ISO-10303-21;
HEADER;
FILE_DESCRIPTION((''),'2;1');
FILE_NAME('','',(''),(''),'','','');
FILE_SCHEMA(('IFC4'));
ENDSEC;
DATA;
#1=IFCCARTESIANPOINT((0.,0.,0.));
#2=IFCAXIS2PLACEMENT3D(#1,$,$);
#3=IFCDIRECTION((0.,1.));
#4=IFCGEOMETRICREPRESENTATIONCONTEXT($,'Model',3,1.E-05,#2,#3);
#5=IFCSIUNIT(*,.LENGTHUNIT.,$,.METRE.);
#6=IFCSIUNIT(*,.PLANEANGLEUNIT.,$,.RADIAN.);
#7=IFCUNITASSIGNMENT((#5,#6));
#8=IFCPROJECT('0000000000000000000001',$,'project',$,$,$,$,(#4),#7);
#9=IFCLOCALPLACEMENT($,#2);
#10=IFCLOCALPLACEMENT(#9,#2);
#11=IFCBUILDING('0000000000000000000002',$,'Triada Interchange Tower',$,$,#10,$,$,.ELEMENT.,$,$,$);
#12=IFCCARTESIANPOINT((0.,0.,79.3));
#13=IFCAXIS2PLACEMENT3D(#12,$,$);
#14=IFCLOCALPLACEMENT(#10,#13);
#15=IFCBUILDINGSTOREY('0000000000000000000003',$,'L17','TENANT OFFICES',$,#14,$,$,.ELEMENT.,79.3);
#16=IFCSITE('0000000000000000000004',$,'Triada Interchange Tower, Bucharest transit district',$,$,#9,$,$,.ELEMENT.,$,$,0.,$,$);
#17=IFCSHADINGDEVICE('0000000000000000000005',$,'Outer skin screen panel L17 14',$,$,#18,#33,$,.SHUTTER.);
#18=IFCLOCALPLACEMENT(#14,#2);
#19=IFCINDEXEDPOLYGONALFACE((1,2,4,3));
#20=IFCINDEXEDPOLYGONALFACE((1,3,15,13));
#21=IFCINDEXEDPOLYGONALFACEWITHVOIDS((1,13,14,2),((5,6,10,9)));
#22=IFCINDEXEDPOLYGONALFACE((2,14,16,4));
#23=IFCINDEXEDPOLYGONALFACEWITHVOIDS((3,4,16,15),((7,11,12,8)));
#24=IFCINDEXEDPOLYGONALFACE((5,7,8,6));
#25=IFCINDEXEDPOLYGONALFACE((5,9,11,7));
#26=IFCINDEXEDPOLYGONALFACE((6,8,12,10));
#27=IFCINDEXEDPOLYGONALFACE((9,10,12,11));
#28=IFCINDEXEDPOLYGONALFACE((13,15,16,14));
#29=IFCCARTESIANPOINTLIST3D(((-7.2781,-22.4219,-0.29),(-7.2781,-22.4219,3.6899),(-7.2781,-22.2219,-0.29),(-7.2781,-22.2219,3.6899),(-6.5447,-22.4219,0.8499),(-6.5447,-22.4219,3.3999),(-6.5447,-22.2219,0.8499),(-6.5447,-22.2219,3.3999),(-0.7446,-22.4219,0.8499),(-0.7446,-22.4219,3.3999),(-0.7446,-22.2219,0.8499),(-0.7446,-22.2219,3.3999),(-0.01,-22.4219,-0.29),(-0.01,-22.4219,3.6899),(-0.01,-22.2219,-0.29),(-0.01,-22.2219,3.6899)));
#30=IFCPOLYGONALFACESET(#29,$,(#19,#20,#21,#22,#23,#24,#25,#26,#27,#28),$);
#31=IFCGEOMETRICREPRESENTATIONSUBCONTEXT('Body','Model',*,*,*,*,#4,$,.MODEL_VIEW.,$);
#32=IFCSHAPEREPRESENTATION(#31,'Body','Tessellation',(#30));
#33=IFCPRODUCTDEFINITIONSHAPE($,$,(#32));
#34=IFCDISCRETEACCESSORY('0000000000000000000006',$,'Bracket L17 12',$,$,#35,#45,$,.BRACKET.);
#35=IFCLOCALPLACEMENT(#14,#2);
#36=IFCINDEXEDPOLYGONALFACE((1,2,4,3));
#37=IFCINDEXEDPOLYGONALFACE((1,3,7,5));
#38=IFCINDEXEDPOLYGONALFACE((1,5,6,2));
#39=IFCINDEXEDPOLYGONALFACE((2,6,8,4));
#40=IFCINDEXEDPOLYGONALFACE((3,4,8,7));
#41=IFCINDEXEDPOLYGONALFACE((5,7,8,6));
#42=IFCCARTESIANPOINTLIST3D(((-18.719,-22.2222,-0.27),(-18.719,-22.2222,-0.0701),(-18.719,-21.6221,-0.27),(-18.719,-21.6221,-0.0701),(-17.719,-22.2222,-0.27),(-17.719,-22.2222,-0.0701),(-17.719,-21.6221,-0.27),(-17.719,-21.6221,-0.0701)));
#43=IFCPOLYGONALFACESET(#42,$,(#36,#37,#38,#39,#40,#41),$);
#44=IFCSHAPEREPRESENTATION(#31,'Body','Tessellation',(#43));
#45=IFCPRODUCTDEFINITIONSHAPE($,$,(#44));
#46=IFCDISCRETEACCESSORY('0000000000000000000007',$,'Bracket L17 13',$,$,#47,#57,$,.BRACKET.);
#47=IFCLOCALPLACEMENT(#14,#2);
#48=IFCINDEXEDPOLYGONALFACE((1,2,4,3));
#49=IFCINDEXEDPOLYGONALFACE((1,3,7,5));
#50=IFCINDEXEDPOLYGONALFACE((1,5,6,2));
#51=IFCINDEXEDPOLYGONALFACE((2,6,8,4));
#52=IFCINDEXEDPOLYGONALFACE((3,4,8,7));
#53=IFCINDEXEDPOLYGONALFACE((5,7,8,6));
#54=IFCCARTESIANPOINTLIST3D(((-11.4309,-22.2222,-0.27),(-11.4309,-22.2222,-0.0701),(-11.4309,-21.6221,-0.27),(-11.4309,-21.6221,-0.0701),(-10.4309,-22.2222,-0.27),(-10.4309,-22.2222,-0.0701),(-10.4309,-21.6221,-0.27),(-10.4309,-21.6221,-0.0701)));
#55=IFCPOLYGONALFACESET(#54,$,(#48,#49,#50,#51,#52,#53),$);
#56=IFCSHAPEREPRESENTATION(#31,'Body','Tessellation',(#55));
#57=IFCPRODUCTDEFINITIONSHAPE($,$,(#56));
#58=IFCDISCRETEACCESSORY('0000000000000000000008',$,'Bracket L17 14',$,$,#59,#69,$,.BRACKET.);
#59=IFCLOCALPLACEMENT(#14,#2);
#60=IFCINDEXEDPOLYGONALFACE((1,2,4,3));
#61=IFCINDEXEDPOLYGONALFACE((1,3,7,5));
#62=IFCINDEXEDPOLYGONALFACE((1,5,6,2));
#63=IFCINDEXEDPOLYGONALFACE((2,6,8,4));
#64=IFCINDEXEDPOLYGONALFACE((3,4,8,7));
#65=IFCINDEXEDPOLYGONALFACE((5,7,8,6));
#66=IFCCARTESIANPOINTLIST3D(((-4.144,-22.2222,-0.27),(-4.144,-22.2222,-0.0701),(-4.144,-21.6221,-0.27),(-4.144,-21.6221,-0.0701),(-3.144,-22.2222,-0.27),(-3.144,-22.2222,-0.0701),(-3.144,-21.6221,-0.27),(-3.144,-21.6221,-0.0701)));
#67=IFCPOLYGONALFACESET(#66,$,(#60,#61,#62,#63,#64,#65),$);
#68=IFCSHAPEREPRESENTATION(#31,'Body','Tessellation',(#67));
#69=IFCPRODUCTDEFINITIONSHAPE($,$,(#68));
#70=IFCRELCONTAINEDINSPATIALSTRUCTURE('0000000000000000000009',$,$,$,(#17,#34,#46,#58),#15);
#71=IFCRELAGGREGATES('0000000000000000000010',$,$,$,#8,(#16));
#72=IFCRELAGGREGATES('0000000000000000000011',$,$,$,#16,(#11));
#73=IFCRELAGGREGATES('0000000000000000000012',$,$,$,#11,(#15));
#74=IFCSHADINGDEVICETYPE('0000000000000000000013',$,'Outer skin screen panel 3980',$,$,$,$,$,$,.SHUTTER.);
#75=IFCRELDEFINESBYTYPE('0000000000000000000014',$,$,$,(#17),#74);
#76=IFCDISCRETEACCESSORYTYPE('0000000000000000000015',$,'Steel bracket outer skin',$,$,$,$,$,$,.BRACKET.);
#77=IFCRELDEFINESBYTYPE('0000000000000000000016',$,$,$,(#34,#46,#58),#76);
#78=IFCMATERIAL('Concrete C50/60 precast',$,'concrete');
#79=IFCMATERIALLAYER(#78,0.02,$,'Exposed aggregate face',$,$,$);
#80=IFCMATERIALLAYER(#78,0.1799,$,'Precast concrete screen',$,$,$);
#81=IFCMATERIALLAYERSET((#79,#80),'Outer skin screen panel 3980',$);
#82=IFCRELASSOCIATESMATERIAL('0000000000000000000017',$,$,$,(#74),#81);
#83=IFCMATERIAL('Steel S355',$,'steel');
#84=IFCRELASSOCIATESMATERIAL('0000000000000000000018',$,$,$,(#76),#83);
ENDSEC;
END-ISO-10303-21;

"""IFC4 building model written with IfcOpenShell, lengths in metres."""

from ifc_helpers import new_model, si_unit, direction, frame, origin, origin_2d, place, context, subcontext, project, spatial, polyline, rectangle, outline, extrude, material, layer, layer_set, type_object, element, save


model = new_model("IFC4")

# Units and contexts
model_context = context("Model", 3, precision=1e-05, world=origin(), true_north=direction((0.0, 1.0)))
body_context = subcontext(model_context, "Body", "Model", "MODEL_VIEW")
ifc_project = project(units=[si_unit("LENGTHUNIT", "METRE"), si_unit("PLANEANGLEUNIT", "RADIAN")], contexts=[model_context])

# Site, building, storey
site_placement = place(None, origin())
site = spatial("IfcSite", under=ifc_project, at=site_placement, Name="Triada Interchange Tower, Bucharest transit district", CompositionType="ELEMENT", RefElevation=0.0)
building_placement = place(site_placement, origin())
building = spatial("IfcBuilding", under=site, at=building_placement, Name="Triada Interchange Tower", CompositionType="ELEMENT")
storey_placement = place(building_placement, frame((0.0, 0.0, 79.3)))
storey = spatial("IfcBuildingStorey", under=building, at=storey_placement, Name="L17", Description="TENANT OFFICES", CompositionType="ELEMENT", Elevation=79.3)

# Shading device
ifc_material_1 = material(Name="Concrete C50/60 precast", Category="concrete")
ifc_layer_1 = layer(ifc_material_1, 0.02, Name="Exposed aggregate face")
ifc_layer_2 = layer(ifc_material_1, 0.1799, Name="Precast concrete screen")
ifc_layer_set_1 = layer_set([ifc_layer_1, ifc_layer_2], Name="Outer skin screen panel 3980")
shading_device_type = type_object("IfcShadingDeviceType", Name="Outer skin screen panel 3980", PredefinedType="SHUTTER", material=ifc_layer_set_1)
shading_device_1_placement = place(storey_placement, frame((-7.2781, -22.2219, -0.29), z_axis=(0.0, 0.0, 1.0), x_axis=(1.0, 0.0, 0.0)))
element("IfcShadingDevice", 1, at=shading_device_1_placement, inside=storey, type_object=shading_device_type, Name="Outer skin screen panel L17 14", PredefinedType="SHUTTER", context=body_context, shape_type="SweptSolid", body=[
    extrude(outline(polyline([(0.0, 0.0), (7.2681, 0.0), (7.2681, 3.98), (0.0, 3.98), (0.0, 0.0)]), holes=[polyline([(0.7334, 1.1399), (0.7334, 3.6899), (6.5334, 3.6899), (6.5334, 1.1399), (0.7334, 1.1399)])]), frame((0.0, 0.0, 0.0), z_axis=(0.0, -1.0, 0.0), x_axis=(1.0, 0.0, 0.0)), (0.0, 0.0, 1.0), 0.2),
])

# Discrete accessories
ifc_material_2 = material(Name="Steel S355", Category="steel")
discrete_accessory_type = type_object("IfcDiscreteAccessoryType", Name="Steel bracket outer skin", PredefinedType="BRACKET", material=ifc_material_2)
for number, where, z_axis, x_axis, name in (
    (2, (-18.219, -21.9221, -0.27), (0.0, 0.0, 1.0), (0.0, -1.0, 0.0), "Bracket L17 12"),
    (3, (-10.9309, -21.9221, -0.27), (0.0, 0.0, 1.0), (0.0, -1.0, 0.0), "Bracket L17 13"),
    (4, (-3.644, -21.9221, -0.27), (0.0, 0.0, 1.0), (0.0, -1.0, 0.0), "Bracket L17 14"),
):
    element("IfcDiscreteAccessory", number, at=place(storey_placement, frame(where, z_axis=z_axis, x_axis=x_axis)), inside=storey, type_object=discrete_accessory_type, Name=name, PredefinedType="BRACKET", context=body_context, shape_type="SweptSolid", body=[
        extrude(rectangle(XDim=0.6001, YDim=1.0, at=origin_2d()), origin(), (0.0, 0.0, 1.0), 0.2),
    ])

save(model, "model.ifc")
